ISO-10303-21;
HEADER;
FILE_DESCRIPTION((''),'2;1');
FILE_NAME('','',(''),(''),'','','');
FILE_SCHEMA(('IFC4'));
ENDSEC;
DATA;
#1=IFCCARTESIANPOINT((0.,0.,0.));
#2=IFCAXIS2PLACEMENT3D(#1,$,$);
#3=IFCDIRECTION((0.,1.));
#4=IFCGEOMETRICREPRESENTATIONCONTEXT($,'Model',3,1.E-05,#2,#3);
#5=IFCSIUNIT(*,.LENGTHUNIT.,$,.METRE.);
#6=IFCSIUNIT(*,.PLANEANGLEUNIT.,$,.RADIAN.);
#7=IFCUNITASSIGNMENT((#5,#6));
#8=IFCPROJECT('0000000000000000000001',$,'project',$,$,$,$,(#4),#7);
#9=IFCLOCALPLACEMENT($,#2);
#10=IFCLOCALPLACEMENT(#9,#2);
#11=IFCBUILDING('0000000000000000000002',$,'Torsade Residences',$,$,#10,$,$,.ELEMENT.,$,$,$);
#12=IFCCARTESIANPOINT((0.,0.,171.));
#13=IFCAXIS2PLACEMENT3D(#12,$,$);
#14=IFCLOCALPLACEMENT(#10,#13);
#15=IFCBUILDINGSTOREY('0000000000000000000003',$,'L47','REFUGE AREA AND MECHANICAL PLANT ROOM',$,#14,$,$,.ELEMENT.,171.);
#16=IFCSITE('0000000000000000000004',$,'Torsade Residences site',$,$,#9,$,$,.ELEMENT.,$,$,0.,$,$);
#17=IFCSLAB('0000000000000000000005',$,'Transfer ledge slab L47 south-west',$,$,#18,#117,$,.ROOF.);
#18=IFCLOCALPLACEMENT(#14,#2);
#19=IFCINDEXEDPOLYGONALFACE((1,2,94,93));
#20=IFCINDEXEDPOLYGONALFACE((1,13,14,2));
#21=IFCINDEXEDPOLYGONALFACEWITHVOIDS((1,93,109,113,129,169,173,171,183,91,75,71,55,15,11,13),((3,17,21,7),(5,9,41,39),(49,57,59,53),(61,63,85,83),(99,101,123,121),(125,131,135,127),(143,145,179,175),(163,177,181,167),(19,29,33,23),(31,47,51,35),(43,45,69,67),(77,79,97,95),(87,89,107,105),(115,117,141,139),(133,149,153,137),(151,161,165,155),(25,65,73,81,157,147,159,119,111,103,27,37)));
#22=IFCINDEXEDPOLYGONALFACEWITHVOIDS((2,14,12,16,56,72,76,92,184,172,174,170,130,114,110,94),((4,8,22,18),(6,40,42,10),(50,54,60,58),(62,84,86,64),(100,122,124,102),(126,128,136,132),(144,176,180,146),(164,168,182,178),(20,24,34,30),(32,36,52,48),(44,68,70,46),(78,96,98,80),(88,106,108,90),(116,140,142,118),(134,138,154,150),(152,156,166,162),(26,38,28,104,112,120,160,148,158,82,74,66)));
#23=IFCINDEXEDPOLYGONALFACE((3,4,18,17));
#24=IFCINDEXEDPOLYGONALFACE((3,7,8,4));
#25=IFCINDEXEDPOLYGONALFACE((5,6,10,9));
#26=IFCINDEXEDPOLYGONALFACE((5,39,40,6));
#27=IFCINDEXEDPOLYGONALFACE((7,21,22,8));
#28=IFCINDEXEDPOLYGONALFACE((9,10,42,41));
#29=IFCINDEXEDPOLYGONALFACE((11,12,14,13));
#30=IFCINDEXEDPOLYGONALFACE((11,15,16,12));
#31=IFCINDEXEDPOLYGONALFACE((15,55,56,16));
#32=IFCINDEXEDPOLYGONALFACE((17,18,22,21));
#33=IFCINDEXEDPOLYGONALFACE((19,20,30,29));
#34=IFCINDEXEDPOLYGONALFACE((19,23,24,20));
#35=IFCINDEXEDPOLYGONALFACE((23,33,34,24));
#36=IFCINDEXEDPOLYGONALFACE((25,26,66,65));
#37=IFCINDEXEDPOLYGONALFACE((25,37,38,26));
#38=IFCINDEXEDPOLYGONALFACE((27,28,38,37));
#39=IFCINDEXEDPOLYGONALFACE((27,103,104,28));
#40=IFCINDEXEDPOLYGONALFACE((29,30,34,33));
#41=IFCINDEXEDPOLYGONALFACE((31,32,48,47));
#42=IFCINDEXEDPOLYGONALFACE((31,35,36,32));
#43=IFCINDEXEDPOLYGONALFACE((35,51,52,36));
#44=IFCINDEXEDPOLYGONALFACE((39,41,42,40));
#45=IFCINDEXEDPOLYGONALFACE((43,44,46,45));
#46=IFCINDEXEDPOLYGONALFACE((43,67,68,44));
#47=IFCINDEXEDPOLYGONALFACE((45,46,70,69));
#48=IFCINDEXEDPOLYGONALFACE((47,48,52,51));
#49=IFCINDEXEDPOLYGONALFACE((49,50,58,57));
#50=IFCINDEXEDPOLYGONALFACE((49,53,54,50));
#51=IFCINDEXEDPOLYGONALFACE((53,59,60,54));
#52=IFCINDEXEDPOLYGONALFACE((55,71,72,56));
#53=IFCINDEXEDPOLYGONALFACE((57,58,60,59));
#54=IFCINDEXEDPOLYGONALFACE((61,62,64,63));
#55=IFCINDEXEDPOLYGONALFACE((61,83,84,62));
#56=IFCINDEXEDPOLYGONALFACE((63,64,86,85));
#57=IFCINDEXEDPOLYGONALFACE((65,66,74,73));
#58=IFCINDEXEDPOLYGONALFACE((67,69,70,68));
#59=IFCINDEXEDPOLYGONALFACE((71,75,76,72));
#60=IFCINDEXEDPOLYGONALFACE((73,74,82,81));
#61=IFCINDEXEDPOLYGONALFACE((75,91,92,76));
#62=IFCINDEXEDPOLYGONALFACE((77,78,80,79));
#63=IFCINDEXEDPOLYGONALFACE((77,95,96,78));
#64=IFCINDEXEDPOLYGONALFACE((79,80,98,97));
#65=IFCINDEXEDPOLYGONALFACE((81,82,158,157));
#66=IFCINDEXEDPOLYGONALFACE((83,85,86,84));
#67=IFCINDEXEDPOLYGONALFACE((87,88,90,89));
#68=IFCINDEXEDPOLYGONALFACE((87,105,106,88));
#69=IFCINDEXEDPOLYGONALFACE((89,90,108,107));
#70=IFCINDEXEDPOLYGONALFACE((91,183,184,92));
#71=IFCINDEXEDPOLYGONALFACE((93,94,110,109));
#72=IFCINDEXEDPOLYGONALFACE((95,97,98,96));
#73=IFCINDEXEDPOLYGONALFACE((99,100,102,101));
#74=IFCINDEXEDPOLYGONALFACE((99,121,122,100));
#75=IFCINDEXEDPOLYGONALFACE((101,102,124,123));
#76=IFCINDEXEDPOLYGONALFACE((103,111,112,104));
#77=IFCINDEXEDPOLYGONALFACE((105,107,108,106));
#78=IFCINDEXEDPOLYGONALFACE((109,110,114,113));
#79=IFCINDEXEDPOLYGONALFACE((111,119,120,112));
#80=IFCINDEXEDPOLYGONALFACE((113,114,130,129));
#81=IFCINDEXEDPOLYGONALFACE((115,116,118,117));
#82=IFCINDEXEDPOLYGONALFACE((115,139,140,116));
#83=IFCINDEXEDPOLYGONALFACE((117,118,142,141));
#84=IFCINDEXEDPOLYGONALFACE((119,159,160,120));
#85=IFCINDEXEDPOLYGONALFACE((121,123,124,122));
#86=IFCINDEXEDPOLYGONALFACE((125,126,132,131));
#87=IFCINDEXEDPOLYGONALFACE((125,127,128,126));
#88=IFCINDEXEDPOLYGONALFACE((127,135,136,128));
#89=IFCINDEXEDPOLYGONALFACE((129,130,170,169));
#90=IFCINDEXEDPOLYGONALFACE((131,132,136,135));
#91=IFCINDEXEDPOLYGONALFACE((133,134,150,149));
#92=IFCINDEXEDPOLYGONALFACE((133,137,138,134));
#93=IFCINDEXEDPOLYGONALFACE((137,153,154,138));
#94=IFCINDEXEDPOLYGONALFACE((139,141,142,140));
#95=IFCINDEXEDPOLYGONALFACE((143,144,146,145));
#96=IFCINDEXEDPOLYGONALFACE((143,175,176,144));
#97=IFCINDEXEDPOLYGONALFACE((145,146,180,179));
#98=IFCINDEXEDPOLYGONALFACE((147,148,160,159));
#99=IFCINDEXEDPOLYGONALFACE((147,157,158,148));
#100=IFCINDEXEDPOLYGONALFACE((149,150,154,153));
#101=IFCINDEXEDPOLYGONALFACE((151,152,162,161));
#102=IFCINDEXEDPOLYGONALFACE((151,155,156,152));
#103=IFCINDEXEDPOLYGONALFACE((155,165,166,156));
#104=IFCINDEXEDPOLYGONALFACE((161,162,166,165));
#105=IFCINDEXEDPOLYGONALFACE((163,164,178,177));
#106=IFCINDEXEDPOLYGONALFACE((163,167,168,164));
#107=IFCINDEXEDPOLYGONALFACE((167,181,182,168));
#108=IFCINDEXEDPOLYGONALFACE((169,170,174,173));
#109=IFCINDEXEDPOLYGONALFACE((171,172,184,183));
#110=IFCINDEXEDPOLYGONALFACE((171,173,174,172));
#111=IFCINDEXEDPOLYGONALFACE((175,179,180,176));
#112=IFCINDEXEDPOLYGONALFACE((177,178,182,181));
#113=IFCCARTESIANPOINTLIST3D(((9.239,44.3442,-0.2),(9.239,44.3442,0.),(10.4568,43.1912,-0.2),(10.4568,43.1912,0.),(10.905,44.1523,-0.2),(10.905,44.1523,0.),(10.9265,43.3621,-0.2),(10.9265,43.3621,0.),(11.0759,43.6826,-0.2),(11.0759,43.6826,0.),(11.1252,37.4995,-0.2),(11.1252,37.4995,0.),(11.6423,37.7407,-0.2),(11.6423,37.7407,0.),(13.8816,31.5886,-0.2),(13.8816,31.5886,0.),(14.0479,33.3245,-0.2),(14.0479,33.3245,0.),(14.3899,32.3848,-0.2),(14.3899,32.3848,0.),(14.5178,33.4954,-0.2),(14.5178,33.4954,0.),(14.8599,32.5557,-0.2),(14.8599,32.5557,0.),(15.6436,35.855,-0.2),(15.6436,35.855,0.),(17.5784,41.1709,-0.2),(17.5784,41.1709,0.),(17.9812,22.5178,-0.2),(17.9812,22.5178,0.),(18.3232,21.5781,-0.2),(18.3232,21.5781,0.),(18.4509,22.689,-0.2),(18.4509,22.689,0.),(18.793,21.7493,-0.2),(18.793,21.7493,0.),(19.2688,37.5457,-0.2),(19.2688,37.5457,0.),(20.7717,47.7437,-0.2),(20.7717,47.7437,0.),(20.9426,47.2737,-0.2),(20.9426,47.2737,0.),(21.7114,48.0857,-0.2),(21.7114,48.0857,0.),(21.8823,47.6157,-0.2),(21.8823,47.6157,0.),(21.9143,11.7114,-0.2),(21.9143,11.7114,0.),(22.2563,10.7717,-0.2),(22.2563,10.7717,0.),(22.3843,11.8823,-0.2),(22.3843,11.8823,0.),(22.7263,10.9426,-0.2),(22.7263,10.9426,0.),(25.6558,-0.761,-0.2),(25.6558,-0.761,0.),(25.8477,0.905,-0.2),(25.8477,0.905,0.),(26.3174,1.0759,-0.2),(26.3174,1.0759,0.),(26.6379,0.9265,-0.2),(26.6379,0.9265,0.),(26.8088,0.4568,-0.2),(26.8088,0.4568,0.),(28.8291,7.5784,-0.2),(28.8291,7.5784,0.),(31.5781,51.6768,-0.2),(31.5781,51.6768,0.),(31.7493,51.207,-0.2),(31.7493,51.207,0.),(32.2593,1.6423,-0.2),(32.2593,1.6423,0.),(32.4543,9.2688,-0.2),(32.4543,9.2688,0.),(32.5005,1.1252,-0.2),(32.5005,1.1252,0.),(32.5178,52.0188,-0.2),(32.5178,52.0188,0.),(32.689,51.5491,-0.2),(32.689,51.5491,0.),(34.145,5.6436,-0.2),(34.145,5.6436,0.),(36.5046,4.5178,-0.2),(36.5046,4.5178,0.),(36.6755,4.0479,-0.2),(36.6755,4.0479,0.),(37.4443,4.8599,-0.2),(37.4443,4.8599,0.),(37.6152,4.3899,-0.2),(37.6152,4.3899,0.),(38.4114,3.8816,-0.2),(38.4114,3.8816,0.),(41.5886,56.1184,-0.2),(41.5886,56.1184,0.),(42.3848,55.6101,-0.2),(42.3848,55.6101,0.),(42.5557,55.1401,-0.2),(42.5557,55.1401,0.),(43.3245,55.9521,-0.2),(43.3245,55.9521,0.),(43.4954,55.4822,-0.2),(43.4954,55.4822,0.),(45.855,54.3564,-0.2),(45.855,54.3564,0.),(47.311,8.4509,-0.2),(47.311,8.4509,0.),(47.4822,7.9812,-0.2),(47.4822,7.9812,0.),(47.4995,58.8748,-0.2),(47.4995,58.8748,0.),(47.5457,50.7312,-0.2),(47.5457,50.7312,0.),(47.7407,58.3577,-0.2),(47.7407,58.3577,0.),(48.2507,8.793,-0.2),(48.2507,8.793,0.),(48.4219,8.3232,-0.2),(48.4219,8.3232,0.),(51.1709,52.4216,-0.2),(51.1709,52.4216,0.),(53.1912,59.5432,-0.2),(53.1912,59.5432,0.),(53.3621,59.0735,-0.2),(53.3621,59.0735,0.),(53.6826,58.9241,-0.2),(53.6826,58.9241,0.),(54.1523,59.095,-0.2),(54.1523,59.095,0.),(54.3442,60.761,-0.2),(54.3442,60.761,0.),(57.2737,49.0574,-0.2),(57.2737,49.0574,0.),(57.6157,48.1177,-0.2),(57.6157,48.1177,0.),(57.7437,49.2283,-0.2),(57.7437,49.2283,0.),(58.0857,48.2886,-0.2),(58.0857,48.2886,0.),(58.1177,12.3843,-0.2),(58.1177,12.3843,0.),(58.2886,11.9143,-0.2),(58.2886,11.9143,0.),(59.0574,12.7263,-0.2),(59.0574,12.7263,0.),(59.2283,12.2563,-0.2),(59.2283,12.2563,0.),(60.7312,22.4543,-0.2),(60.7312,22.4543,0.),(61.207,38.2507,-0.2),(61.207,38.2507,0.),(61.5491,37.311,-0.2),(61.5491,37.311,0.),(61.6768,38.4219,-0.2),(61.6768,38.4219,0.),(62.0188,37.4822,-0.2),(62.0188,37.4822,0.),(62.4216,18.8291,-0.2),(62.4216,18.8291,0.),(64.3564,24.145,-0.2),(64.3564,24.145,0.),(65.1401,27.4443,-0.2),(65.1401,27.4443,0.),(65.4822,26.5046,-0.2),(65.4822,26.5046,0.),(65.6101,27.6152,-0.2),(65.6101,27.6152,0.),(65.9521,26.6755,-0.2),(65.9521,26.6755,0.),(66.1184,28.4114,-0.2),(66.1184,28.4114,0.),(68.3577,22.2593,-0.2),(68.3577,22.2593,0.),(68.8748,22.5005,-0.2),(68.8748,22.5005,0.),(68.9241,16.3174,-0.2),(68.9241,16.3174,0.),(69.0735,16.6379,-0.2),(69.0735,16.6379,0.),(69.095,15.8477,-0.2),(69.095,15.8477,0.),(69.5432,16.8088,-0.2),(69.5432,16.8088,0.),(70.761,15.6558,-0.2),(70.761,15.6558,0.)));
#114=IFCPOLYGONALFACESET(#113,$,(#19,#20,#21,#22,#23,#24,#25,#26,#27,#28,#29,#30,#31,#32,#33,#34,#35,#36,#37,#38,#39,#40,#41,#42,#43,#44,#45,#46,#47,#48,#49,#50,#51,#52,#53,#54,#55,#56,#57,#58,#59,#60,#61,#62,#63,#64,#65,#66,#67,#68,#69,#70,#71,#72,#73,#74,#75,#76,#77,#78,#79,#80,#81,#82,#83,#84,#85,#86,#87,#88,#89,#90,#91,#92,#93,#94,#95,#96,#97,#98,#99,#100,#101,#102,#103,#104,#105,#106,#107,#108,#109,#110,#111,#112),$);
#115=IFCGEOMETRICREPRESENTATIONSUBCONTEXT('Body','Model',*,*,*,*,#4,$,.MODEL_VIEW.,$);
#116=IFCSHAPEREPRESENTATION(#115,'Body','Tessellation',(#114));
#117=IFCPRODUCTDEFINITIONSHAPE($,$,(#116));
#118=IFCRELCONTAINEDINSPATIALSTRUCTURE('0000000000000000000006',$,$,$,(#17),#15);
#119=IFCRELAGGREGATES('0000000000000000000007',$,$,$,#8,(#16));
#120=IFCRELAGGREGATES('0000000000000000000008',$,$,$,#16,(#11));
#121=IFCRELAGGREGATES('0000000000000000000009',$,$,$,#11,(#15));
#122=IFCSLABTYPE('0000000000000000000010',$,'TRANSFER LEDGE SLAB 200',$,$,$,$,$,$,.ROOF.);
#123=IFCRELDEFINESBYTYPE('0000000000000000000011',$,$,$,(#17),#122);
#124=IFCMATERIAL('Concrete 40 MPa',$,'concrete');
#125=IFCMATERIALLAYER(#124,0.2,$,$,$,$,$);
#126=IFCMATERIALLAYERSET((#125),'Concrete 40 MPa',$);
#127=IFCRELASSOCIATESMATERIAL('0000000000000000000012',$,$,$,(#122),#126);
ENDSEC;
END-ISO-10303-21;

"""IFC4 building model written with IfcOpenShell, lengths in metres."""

from ifc_helpers import new_model, si_unit, direction, frame, origin, place, context, subcontext, project, spatial, polyline, outline, extrude, material, layer, layer_set, type_object, element, save


model = new_model("IFC4")

# Units and contexts
model_context = context("Model", 3, precision=1e-05, world=origin(), true_north=direction((0.0, 1.0)))
body_context = subcontext(model_context, "Body", "Model", "MODEL_VIEW")
ifc_project = project(units=[si_unit("LENGTHUNIT", "METRE"), si_unit("PLANEANGLEUNIT", "RADIAN")], contexts=[model_context])

# Site, building, storey
site_placement = place(None, origin())
site = spatial("IfcSite", under=ifc_project, at=site_placement, Name="Torsade Residences site", CompositionType="ELEMENT", RefElevation=0.0)
building_placement = place(site_placement, origin())
building = spatial("IfcBuilding", under=site, at=building_placement, Name="Torsade Residences", CompositionType="ELEMENT")
storey_placement = place(building_placement, frame((0.0, 0.0, 171.0)))
storey = spatial("IfcBuildingStorey", under=building, at=storey_placement, Name="L47", Description="REFUGE AREA AND MECHANICAL PLANT ROOM", CompositionType="ELEMENT", Elevation=171.0)

# Slab
ifc_material_1 = material(Name="Concrete 40 MPa", Category="concrete")
ifc_layer_1 = layer(ifc_material_1, 0.2)
ifc_layer_set_1 = layer_set([ifc_layer_1], Name="Concrete 40 MPa")
slab_type_1 = type_object("IfcSlabType", Name="TRANSFER LEDGE SLAB 200", PredefinedType="ROOF", material=ifc_layer_set_1)
slab_1_placement = place(storey_placement, frame((0.0, 0.0, -0.2)))
element("IfcSlab", 1, at=slab_1_placement, inside=storey, type_object=slab_type_1, Name="Transfer ledge slab L47 south-west", PredefinedType="ROOF", context=body_context, shape_type="SweptSolid", body=[
    extrude(outline(polyline([(13.8816, 31.5886), (25.6558, -0.761), (32.2593, 1.6423), (32.5005, 1.1252), (38.4114, 3.8816), (70.761, 15.6558), (68.3577, 22.2593), (68.8748, 22.5005), (66.1184, 28.4114), (54.3442, 60.761), (47.7407, 58.3577), (47.4995, 58.8748), (41.5886, 56.1184), (9.239, 44.3442), (11.6423, 37.7407), (11.1252, 37.4995), (13.8816, 31.5886)]), holes=[polyline([(69.0735, 16.6379), (69.5432, 16.8088), (65.9521, 26.6755), (65.4822, 26.5046), (69.0735, 16.6379)]), polyline([(59.0574, 12.7263), (59.2283, 12.2563), (69.095, 15.8477), (68.9241, 16.3174), (59.0574, 12.7263)]), polyline([(65.1401, 27.4443), (65.6101, 27.6152), (62.0188, 37.4822), (61.5491, 37.311), (65.1401, 27.4443)]), polyline([(60.7312, 22.4543), (64.3564, 24.145), (51.1709, 52.4216), (47.5457, 50.7312), (45.855, 54.3564), (17.5784, 41.1709), (19.2688, 37.5457), (15.6436, 35.855), (28.8291, 7.5784), (32.4543, 9.2688), (34.145, 5.6436), (62.4216, 18.8291), (60.7312, 22.4543)]), polyline([(61.207, 38.2507), (61.6768, 38.4219), (58.0857, 48.2886), (57.6157, 48.1177), (61.207, 38.2507)]), polyline([(48.2507, 8.793), (48.4219, 8.3232), (58.2886, 11.9143), (58.1177, 12.3843), (48.2507, 8.793)]), polyline([(57.2737, 49.0574), (57.7437, 49.2283), (54.1523, 59.095), (53.6826, 58.9241), (57.2737, 49.0574)]), polyline([(53.3621, 59.0735), (53.1912, 59.5432), (43.3245, 55.9521), (43.4954, 55.4822), (53.3621, 59.0735)]), polyline([(37.4443, 4.8599), (37.6152, 4.3899), (47.4822, 7.9812), (47.311, 8.4509), (37.4443, 4.8599)]), polyline([(42.5557, 55.1401), (42.3848, 55.6101), (32.5178, 52.0188), (32.689, 51.5491), (42.5557, 55.1401)]), polyline([(26.6379, 0.9265), (26.8088, 0.4568), (36.6755, 4.0479), (36.5046, 4.5178), (26.6379, 0.9265)]), polyline([(31.7493, 51.207), (31.5781, 51.6768), (21.7114, 48.0857), (21.8823, 47.6157), (31.7493, 51.207)]), polyline([(22.7263, 10.9426), (22.2563, 10.7717), (25.8477, 0.905), (26.3174, 1.0759), (22.7263, 10.9426)]), polyline([(18.793, 21.7493), (18.3232, 21.5781), (21.9143, 11.7114), (22.3843, 11.8823), (18.793, 21.7493)]), polyline([(20.9426, 47.2737), (20.7717, 47.7437), (10.905, 44.1523), (11.0759, 43.6826), (20.9426, 47.2737)]), polyline([(14.8599, 32.5557), (14.3899, 32.3848), (17.9812, 22.5178), (18.4509, 22.689), (14.8599, 32.5557)]), polyline([(10.9265, 43.3621), (10.4568, 43.1912), (14.0479, 33.3245), (14.5178, 33.4954), (10.9265, 43.3621)])]), origin(), (0.0, 0.0, 1.0), 0.2),
])

save(model, "model.ifc")
